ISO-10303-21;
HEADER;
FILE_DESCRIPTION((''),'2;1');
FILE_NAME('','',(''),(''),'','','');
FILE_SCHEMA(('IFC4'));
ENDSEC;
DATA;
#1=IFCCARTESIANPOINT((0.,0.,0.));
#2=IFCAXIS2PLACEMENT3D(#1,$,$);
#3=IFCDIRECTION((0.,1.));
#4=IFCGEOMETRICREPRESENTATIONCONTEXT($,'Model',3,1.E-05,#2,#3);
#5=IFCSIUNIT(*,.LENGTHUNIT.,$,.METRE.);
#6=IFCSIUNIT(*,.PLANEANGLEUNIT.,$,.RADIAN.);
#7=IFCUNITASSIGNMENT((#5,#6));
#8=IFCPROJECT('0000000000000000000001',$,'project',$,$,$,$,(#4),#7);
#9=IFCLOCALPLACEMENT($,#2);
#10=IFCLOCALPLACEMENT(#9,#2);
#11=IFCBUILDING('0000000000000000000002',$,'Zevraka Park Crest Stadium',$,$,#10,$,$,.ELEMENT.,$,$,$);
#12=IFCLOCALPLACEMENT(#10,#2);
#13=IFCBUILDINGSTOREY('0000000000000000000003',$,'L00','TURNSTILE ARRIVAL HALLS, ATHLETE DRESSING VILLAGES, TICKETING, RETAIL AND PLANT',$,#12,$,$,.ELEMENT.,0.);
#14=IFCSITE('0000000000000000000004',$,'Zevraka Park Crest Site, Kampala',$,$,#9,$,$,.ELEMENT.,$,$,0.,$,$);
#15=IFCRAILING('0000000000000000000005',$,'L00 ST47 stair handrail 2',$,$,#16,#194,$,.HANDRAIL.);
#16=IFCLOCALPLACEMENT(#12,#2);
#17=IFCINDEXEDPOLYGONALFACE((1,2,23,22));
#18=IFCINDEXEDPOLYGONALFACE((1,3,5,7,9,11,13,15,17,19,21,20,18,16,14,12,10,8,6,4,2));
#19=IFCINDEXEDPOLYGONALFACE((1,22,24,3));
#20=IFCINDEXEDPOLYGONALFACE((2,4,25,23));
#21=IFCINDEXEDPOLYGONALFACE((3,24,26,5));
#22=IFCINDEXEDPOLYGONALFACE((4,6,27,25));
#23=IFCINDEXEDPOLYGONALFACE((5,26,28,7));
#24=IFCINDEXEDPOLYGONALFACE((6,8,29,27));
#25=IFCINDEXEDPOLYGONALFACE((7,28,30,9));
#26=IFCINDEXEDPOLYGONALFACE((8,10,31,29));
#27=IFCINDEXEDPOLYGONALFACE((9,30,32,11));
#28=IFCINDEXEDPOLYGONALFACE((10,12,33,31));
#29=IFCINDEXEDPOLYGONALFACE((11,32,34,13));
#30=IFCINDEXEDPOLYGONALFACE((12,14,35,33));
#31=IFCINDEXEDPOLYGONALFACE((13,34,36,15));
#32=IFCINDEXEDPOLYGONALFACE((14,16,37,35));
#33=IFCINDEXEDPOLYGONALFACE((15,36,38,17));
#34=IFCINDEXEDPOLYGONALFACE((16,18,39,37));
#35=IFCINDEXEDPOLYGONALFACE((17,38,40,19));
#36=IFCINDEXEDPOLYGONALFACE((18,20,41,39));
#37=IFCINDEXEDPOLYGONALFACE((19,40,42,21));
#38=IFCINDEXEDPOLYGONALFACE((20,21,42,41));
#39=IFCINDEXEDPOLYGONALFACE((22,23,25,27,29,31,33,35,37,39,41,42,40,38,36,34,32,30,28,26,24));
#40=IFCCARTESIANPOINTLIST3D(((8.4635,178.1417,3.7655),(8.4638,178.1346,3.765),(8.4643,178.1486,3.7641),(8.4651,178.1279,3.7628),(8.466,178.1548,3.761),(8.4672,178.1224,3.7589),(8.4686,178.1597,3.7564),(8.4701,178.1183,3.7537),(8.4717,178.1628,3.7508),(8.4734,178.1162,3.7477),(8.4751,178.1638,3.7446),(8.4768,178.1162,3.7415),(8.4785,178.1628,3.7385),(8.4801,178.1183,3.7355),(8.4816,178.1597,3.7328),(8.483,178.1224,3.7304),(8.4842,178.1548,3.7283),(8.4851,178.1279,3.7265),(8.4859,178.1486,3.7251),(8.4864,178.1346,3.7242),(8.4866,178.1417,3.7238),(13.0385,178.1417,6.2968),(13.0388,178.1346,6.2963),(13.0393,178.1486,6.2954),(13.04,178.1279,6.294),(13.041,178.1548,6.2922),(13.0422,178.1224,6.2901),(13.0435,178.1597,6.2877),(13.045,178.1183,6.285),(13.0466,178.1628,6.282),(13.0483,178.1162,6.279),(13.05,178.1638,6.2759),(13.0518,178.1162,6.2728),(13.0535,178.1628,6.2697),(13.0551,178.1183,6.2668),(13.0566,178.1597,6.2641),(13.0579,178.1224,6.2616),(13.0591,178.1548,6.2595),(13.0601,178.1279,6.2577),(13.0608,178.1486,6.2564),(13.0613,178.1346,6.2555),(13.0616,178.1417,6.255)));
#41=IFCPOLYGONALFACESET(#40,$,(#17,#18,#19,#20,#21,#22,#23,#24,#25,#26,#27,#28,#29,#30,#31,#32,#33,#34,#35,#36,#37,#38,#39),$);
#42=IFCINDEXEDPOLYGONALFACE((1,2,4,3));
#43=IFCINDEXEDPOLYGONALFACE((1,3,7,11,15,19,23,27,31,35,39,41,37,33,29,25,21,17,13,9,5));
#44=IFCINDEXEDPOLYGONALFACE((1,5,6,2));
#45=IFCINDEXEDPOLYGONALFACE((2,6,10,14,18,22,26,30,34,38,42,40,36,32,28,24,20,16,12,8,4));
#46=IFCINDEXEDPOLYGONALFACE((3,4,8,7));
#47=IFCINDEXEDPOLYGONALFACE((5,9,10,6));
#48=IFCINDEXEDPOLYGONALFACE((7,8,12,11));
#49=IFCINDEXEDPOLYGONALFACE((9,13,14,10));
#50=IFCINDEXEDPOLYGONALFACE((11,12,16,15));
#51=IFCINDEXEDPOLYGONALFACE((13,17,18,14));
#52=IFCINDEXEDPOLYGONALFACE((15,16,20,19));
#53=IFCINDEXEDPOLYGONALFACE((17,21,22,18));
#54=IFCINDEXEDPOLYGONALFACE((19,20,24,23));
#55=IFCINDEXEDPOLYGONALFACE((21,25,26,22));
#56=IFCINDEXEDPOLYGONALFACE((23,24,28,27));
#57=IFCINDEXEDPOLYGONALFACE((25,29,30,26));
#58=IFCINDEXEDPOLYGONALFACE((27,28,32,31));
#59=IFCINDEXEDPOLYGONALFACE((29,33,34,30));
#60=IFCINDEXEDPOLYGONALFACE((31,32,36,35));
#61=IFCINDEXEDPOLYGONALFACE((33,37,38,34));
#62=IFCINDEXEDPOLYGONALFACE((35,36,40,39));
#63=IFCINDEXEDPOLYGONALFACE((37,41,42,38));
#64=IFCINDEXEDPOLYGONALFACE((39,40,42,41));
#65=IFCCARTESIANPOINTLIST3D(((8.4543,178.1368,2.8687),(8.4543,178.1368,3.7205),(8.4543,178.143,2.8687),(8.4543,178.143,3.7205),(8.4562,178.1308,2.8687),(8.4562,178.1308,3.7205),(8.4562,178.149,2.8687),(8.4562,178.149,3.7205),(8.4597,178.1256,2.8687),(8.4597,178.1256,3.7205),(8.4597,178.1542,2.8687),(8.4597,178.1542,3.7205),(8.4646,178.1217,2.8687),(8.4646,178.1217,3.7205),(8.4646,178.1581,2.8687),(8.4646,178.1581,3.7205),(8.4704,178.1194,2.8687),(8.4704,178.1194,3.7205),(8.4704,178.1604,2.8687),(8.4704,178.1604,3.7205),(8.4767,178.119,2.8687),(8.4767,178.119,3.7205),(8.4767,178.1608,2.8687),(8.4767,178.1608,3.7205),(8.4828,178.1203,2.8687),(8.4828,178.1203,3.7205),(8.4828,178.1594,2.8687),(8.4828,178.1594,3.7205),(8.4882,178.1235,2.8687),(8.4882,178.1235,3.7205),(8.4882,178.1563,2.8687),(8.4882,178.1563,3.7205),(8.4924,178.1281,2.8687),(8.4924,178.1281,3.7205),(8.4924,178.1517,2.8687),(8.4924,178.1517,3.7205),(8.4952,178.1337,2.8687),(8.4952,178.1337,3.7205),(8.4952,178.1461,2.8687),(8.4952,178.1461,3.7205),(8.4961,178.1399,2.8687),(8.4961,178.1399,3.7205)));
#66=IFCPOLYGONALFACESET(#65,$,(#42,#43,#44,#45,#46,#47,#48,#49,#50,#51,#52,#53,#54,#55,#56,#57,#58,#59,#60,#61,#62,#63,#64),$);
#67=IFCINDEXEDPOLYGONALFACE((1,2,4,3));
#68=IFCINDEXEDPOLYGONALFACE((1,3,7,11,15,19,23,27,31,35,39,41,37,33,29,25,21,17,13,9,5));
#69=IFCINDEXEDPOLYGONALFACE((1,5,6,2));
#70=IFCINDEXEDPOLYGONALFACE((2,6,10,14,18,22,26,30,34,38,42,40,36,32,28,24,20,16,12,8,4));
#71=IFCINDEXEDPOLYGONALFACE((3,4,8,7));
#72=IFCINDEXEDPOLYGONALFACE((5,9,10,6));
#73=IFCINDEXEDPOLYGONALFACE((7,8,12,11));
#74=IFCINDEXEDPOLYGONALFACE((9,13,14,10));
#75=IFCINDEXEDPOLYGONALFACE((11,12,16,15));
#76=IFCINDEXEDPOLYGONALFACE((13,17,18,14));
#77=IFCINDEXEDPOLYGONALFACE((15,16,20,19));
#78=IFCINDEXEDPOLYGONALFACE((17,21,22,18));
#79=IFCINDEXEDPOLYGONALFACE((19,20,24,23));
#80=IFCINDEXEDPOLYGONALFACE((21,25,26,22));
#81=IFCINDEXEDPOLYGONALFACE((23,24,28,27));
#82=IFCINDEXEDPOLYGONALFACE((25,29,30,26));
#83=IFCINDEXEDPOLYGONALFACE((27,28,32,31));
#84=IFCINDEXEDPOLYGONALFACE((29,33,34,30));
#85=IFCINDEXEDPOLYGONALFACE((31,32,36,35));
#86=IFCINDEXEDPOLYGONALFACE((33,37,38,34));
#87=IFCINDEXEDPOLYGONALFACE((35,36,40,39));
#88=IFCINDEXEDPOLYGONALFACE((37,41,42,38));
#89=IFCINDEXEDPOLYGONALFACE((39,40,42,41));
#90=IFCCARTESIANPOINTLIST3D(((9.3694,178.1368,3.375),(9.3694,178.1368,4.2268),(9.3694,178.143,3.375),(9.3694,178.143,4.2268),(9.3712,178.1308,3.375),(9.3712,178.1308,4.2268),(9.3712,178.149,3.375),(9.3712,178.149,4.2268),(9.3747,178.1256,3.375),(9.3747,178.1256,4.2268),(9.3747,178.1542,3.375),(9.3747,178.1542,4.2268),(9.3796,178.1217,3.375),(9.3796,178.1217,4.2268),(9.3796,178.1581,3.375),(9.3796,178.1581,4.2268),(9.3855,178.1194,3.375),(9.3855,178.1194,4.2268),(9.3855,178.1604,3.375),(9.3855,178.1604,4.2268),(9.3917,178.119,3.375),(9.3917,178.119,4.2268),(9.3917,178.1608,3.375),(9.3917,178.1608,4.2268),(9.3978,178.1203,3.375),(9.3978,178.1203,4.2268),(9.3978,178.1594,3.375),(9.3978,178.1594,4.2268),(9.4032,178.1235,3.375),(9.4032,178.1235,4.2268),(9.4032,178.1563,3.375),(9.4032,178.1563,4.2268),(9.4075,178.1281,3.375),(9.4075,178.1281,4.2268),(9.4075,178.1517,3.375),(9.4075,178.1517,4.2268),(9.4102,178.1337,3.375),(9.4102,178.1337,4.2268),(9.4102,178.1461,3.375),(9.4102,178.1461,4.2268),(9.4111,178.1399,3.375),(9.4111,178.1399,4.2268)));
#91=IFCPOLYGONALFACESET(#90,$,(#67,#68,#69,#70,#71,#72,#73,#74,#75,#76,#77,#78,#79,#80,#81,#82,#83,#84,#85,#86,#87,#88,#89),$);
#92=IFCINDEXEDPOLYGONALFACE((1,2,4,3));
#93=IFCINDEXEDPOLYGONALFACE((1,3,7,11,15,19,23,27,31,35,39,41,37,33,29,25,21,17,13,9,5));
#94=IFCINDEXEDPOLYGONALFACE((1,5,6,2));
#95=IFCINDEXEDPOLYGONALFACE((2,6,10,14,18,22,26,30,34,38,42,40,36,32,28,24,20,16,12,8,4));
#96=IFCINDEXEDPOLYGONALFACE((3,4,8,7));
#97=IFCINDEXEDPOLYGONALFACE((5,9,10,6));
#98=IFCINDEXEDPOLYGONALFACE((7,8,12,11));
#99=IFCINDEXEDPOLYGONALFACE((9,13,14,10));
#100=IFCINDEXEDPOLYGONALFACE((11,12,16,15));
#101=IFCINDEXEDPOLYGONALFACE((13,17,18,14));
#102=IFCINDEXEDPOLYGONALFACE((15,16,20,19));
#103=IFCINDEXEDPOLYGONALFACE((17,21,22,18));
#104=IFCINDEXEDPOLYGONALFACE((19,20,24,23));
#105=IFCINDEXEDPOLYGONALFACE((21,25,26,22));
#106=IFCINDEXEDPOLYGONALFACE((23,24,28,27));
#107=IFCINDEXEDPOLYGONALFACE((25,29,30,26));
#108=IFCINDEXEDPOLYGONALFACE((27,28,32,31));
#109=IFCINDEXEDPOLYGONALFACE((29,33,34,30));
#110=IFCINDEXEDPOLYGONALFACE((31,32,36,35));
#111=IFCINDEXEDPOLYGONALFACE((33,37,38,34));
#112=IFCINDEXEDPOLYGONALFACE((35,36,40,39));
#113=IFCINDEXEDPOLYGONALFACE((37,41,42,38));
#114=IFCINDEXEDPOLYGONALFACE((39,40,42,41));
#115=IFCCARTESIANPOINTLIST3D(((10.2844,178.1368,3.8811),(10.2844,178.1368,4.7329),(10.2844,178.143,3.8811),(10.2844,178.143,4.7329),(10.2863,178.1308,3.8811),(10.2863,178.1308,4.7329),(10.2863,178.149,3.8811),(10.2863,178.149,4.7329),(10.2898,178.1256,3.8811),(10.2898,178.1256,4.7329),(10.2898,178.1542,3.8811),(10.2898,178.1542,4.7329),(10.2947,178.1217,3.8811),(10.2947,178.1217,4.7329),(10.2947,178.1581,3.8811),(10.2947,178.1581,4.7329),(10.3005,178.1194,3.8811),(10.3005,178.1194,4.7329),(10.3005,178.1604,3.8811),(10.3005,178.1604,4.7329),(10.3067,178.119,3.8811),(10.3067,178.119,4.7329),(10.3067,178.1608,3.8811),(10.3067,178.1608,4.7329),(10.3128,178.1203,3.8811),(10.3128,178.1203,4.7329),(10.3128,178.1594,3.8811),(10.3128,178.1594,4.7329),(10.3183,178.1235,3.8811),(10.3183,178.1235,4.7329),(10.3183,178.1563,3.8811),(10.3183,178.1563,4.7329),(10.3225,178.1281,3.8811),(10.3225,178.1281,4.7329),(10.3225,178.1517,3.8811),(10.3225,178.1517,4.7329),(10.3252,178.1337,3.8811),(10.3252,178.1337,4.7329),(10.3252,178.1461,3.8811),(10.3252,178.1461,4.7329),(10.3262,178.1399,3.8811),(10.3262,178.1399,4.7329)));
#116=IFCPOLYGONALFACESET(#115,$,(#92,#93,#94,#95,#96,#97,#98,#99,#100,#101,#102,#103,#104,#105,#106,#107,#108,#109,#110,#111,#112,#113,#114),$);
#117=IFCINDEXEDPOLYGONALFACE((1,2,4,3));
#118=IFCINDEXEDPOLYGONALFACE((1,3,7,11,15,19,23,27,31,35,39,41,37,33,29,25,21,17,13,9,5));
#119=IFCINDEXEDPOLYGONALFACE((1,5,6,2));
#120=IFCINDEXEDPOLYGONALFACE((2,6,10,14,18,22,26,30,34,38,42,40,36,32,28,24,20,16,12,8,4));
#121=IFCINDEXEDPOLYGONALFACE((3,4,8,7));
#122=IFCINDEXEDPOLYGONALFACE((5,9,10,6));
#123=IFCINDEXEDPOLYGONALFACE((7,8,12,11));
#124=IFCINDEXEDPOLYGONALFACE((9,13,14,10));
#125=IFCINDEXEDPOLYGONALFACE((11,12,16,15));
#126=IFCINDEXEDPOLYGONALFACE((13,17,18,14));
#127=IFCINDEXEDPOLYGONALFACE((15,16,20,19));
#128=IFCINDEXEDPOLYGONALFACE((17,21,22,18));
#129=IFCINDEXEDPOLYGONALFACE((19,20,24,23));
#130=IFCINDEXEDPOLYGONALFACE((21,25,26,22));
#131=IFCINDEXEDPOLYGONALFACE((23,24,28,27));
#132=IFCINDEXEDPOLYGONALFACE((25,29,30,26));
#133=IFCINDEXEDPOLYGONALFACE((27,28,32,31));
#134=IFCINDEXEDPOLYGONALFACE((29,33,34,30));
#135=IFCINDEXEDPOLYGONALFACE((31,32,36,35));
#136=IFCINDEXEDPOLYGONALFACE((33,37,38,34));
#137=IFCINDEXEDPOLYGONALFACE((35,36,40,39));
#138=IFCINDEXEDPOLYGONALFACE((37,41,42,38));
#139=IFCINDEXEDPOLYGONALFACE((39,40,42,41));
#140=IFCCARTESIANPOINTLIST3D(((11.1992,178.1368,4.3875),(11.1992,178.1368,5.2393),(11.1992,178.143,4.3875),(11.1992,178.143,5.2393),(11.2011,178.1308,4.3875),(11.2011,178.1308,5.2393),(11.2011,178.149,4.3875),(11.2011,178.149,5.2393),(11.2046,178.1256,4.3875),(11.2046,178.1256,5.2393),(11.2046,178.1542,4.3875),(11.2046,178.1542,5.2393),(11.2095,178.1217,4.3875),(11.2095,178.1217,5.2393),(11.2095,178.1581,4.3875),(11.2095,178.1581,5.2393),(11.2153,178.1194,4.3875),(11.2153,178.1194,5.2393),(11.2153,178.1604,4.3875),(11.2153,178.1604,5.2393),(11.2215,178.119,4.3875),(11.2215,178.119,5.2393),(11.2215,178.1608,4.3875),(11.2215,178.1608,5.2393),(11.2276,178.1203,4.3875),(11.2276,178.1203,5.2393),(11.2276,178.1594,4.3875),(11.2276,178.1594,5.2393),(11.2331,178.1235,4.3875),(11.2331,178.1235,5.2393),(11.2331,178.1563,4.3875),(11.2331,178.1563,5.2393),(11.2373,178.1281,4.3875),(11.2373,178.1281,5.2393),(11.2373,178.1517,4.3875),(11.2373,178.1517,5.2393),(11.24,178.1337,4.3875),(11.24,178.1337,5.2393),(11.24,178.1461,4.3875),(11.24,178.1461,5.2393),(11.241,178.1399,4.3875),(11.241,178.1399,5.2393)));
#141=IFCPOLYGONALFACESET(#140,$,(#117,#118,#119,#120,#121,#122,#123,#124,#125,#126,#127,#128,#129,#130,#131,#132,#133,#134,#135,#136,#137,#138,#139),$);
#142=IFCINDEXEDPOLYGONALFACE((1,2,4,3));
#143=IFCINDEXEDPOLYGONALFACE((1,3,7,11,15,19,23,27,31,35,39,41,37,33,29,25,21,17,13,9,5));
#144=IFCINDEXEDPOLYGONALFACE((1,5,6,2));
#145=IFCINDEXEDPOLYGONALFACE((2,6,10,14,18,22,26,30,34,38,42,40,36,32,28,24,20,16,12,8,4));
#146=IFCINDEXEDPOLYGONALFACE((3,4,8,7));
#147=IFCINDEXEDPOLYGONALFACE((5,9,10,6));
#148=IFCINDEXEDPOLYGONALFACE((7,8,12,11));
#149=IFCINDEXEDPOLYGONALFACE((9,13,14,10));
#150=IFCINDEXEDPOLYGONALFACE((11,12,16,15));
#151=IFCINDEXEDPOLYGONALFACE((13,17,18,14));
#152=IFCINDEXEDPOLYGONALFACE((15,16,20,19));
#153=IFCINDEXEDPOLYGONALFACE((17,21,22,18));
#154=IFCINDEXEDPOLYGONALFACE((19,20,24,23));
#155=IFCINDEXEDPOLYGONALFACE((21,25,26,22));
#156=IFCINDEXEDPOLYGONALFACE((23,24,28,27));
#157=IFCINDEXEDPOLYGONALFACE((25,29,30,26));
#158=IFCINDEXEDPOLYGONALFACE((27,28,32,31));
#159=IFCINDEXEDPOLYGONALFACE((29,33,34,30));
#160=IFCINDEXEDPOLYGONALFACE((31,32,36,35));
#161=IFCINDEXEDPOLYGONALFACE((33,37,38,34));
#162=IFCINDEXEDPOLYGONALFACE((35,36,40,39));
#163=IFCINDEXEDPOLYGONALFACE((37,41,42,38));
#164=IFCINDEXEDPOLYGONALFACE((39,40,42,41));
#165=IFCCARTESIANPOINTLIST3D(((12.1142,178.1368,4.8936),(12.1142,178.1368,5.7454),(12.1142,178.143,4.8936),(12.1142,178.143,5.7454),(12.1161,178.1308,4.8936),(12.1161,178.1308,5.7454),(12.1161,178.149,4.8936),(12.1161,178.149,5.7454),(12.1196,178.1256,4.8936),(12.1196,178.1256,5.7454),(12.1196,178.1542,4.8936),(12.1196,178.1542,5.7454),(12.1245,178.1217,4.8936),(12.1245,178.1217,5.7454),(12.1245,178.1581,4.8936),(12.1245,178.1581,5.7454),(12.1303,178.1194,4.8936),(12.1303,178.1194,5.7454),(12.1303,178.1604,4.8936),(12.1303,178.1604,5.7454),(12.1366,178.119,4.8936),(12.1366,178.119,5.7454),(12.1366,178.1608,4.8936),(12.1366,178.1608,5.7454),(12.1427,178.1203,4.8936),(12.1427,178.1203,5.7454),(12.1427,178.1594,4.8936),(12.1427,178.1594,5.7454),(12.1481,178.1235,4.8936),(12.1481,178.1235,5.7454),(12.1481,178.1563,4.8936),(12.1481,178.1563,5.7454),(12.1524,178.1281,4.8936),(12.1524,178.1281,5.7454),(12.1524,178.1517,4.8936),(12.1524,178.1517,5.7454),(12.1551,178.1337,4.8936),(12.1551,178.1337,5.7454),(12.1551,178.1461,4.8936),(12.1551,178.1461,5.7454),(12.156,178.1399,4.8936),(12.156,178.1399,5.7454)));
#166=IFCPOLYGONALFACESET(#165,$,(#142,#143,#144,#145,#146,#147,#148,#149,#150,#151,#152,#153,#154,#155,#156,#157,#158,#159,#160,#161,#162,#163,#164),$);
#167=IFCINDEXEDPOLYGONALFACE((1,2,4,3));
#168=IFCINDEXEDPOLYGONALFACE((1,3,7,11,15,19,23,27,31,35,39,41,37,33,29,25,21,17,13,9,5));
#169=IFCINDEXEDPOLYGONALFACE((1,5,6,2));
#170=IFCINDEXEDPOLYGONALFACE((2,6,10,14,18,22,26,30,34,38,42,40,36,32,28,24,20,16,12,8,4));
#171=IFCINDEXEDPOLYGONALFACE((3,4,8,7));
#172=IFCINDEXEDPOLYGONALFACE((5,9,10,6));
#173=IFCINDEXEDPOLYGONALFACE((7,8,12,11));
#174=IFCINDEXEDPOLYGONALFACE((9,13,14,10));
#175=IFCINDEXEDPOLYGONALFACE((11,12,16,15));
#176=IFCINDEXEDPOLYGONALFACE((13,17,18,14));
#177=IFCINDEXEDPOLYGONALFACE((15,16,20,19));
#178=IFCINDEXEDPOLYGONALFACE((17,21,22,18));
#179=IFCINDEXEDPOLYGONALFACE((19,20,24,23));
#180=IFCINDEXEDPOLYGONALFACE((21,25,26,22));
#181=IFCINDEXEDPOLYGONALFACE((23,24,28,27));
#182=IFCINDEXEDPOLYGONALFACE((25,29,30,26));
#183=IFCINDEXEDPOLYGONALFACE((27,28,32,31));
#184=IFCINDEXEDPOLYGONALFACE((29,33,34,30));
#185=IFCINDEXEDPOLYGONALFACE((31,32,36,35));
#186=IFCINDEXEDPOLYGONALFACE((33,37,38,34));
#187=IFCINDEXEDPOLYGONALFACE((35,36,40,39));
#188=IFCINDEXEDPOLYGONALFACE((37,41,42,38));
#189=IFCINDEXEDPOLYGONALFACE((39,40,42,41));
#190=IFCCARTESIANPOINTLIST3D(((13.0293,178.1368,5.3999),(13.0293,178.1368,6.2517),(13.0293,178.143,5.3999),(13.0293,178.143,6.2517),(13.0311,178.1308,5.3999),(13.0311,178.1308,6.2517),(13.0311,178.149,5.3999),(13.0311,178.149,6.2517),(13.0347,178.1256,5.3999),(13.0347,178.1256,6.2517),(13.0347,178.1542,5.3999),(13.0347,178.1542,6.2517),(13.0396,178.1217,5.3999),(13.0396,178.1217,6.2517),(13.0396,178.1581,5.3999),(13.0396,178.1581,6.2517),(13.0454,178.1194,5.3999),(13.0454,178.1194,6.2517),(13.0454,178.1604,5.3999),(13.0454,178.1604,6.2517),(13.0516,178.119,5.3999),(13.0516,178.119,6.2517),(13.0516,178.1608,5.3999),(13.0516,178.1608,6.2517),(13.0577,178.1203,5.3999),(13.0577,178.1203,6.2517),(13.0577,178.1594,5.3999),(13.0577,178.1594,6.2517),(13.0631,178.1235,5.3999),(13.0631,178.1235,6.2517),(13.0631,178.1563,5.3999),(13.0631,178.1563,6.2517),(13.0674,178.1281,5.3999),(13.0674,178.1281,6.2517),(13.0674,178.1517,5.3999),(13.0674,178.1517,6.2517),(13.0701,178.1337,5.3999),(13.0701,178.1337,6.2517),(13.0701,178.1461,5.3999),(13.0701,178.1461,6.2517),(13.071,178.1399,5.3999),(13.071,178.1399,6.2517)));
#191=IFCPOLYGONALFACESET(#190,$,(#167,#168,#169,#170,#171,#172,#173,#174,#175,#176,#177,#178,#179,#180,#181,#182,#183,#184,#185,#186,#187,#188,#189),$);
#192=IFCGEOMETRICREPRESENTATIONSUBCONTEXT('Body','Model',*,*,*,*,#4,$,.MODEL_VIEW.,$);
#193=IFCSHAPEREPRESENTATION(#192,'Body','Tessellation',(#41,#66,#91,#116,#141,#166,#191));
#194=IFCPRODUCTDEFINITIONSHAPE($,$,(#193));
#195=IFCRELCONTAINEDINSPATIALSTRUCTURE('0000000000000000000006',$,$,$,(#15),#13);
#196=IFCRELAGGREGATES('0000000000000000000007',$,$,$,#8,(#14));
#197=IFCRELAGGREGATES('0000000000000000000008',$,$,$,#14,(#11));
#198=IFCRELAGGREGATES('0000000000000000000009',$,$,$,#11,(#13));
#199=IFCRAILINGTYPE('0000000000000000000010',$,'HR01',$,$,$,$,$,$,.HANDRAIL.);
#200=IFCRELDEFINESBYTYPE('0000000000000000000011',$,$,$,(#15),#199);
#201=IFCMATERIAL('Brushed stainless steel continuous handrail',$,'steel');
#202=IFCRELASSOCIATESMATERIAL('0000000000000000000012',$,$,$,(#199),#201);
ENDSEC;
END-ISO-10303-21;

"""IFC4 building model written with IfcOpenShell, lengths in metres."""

from ifc_helpers import new_model, si_unit, direction, frame, origin, origin_2d, place, context, subcontext, project, spatial, circle, extrude, material, type_object, element, save


model = new_model("IFC4")

# Units and contexts
model_context = context("Model", 3, precision=1e-05, world=origin(), true_north=direction((0.0, 1.0)))
body_context = subcontext(model_context, "Body", "Model", "MODEL_VIEW")
ifc_project = project(units=[si_unit("LENGTHUNIT", "METRE"), si_unit("PLANEANGLEUNIT", "RADIAN")], contexts=[model_context])

# Site, building, storey
site_placement = place(None, origin())
site = spatial("IfcSite", under=ifc_project, at=site_placement, Name="Zevraka Park Crest Site, Kampala", CompositionType="ELEMENT", RefElevation=0.0)
building_placement = place(site_placement, origin())
building = spatial("IfcBuilding", under=site, at=building_placement, Name="Zevraka Park Crest Stadium", CompositionType="ELEMENT")
storey_placement = place(building_placement, origin())
storey = spatial("IfcBuildingStorey", under=building, at=storey_placement, Name="L00", Description="TURNSTILE ARRIVAL HALLS, ATHLETE DRESSING VILLAGES, TICKETING, RETAIL AND PLANT", CompositionType="ELEMENT", Elevation=0.0)

# Railing
ifc_material_1 = material(Name="Brushed stainless steel continuous handrail", Category="steel")
railing_type_1 = type_object("IfcRailingType", Name="HR01", PredefinedType="HANDRAIL", material=ifc_material_1)
railing_1_placement = place(storey_placement, frame((8.4751, 178.1399, 2.8687)))
element("IfcRailing", 1, at=railing_1_placement, inside=storey, type_object=railing_type_1, Name="L00 ST47 stair handrail 2", PredefinedType="HANDRAIL", context=body_context, shape_type="SweptSolid", body=[
    extrude(circle(Radius=0.0239, at=origin_2d()), frame((0.0, 0.0, 0.876), z_axis=(0.875, 0.0, 0.484124), x_axis=(0.0, 1.0, 0.0)), (0.0, 0.0, 1.0), 5.2285),
    extrude(circle(Radius=0.021, at=origin_2d()), origin(), (0.0, 0.0, 1.0), 0.8518),
    extrude(circle(Radius=0.021, at=origin_2d()), frame((0.915, 0.0, 0.5063)), (0.0, 0.0, 1.0), 0.8518),
    extrude(circle(Radius=0.021, at=origin_2d()), frame((1.8301, 0.0, 1.0125)), (0.0, 0.0, 1.0), 0.8518),
    extrude(circle(Radius=0.021, at=origin_2d()), frame((2.7449, 0.0, 1.5188)), (0.0, 0.0, 1.0), 0.8518),
    extrude(circle(Radius=0.021, at=origin_2d()), frame((3.6599, 0.0, 2.0249)), (0.0, 0.0, 1.0), 0.8518),
    extrude(circle(Radius=0.021, at=origin_2d()), frame((4.575, 0.0, 2.5312)), (0.0, 0.0, 1.0), 0.8518),
])

save(model, "model.ifc")
